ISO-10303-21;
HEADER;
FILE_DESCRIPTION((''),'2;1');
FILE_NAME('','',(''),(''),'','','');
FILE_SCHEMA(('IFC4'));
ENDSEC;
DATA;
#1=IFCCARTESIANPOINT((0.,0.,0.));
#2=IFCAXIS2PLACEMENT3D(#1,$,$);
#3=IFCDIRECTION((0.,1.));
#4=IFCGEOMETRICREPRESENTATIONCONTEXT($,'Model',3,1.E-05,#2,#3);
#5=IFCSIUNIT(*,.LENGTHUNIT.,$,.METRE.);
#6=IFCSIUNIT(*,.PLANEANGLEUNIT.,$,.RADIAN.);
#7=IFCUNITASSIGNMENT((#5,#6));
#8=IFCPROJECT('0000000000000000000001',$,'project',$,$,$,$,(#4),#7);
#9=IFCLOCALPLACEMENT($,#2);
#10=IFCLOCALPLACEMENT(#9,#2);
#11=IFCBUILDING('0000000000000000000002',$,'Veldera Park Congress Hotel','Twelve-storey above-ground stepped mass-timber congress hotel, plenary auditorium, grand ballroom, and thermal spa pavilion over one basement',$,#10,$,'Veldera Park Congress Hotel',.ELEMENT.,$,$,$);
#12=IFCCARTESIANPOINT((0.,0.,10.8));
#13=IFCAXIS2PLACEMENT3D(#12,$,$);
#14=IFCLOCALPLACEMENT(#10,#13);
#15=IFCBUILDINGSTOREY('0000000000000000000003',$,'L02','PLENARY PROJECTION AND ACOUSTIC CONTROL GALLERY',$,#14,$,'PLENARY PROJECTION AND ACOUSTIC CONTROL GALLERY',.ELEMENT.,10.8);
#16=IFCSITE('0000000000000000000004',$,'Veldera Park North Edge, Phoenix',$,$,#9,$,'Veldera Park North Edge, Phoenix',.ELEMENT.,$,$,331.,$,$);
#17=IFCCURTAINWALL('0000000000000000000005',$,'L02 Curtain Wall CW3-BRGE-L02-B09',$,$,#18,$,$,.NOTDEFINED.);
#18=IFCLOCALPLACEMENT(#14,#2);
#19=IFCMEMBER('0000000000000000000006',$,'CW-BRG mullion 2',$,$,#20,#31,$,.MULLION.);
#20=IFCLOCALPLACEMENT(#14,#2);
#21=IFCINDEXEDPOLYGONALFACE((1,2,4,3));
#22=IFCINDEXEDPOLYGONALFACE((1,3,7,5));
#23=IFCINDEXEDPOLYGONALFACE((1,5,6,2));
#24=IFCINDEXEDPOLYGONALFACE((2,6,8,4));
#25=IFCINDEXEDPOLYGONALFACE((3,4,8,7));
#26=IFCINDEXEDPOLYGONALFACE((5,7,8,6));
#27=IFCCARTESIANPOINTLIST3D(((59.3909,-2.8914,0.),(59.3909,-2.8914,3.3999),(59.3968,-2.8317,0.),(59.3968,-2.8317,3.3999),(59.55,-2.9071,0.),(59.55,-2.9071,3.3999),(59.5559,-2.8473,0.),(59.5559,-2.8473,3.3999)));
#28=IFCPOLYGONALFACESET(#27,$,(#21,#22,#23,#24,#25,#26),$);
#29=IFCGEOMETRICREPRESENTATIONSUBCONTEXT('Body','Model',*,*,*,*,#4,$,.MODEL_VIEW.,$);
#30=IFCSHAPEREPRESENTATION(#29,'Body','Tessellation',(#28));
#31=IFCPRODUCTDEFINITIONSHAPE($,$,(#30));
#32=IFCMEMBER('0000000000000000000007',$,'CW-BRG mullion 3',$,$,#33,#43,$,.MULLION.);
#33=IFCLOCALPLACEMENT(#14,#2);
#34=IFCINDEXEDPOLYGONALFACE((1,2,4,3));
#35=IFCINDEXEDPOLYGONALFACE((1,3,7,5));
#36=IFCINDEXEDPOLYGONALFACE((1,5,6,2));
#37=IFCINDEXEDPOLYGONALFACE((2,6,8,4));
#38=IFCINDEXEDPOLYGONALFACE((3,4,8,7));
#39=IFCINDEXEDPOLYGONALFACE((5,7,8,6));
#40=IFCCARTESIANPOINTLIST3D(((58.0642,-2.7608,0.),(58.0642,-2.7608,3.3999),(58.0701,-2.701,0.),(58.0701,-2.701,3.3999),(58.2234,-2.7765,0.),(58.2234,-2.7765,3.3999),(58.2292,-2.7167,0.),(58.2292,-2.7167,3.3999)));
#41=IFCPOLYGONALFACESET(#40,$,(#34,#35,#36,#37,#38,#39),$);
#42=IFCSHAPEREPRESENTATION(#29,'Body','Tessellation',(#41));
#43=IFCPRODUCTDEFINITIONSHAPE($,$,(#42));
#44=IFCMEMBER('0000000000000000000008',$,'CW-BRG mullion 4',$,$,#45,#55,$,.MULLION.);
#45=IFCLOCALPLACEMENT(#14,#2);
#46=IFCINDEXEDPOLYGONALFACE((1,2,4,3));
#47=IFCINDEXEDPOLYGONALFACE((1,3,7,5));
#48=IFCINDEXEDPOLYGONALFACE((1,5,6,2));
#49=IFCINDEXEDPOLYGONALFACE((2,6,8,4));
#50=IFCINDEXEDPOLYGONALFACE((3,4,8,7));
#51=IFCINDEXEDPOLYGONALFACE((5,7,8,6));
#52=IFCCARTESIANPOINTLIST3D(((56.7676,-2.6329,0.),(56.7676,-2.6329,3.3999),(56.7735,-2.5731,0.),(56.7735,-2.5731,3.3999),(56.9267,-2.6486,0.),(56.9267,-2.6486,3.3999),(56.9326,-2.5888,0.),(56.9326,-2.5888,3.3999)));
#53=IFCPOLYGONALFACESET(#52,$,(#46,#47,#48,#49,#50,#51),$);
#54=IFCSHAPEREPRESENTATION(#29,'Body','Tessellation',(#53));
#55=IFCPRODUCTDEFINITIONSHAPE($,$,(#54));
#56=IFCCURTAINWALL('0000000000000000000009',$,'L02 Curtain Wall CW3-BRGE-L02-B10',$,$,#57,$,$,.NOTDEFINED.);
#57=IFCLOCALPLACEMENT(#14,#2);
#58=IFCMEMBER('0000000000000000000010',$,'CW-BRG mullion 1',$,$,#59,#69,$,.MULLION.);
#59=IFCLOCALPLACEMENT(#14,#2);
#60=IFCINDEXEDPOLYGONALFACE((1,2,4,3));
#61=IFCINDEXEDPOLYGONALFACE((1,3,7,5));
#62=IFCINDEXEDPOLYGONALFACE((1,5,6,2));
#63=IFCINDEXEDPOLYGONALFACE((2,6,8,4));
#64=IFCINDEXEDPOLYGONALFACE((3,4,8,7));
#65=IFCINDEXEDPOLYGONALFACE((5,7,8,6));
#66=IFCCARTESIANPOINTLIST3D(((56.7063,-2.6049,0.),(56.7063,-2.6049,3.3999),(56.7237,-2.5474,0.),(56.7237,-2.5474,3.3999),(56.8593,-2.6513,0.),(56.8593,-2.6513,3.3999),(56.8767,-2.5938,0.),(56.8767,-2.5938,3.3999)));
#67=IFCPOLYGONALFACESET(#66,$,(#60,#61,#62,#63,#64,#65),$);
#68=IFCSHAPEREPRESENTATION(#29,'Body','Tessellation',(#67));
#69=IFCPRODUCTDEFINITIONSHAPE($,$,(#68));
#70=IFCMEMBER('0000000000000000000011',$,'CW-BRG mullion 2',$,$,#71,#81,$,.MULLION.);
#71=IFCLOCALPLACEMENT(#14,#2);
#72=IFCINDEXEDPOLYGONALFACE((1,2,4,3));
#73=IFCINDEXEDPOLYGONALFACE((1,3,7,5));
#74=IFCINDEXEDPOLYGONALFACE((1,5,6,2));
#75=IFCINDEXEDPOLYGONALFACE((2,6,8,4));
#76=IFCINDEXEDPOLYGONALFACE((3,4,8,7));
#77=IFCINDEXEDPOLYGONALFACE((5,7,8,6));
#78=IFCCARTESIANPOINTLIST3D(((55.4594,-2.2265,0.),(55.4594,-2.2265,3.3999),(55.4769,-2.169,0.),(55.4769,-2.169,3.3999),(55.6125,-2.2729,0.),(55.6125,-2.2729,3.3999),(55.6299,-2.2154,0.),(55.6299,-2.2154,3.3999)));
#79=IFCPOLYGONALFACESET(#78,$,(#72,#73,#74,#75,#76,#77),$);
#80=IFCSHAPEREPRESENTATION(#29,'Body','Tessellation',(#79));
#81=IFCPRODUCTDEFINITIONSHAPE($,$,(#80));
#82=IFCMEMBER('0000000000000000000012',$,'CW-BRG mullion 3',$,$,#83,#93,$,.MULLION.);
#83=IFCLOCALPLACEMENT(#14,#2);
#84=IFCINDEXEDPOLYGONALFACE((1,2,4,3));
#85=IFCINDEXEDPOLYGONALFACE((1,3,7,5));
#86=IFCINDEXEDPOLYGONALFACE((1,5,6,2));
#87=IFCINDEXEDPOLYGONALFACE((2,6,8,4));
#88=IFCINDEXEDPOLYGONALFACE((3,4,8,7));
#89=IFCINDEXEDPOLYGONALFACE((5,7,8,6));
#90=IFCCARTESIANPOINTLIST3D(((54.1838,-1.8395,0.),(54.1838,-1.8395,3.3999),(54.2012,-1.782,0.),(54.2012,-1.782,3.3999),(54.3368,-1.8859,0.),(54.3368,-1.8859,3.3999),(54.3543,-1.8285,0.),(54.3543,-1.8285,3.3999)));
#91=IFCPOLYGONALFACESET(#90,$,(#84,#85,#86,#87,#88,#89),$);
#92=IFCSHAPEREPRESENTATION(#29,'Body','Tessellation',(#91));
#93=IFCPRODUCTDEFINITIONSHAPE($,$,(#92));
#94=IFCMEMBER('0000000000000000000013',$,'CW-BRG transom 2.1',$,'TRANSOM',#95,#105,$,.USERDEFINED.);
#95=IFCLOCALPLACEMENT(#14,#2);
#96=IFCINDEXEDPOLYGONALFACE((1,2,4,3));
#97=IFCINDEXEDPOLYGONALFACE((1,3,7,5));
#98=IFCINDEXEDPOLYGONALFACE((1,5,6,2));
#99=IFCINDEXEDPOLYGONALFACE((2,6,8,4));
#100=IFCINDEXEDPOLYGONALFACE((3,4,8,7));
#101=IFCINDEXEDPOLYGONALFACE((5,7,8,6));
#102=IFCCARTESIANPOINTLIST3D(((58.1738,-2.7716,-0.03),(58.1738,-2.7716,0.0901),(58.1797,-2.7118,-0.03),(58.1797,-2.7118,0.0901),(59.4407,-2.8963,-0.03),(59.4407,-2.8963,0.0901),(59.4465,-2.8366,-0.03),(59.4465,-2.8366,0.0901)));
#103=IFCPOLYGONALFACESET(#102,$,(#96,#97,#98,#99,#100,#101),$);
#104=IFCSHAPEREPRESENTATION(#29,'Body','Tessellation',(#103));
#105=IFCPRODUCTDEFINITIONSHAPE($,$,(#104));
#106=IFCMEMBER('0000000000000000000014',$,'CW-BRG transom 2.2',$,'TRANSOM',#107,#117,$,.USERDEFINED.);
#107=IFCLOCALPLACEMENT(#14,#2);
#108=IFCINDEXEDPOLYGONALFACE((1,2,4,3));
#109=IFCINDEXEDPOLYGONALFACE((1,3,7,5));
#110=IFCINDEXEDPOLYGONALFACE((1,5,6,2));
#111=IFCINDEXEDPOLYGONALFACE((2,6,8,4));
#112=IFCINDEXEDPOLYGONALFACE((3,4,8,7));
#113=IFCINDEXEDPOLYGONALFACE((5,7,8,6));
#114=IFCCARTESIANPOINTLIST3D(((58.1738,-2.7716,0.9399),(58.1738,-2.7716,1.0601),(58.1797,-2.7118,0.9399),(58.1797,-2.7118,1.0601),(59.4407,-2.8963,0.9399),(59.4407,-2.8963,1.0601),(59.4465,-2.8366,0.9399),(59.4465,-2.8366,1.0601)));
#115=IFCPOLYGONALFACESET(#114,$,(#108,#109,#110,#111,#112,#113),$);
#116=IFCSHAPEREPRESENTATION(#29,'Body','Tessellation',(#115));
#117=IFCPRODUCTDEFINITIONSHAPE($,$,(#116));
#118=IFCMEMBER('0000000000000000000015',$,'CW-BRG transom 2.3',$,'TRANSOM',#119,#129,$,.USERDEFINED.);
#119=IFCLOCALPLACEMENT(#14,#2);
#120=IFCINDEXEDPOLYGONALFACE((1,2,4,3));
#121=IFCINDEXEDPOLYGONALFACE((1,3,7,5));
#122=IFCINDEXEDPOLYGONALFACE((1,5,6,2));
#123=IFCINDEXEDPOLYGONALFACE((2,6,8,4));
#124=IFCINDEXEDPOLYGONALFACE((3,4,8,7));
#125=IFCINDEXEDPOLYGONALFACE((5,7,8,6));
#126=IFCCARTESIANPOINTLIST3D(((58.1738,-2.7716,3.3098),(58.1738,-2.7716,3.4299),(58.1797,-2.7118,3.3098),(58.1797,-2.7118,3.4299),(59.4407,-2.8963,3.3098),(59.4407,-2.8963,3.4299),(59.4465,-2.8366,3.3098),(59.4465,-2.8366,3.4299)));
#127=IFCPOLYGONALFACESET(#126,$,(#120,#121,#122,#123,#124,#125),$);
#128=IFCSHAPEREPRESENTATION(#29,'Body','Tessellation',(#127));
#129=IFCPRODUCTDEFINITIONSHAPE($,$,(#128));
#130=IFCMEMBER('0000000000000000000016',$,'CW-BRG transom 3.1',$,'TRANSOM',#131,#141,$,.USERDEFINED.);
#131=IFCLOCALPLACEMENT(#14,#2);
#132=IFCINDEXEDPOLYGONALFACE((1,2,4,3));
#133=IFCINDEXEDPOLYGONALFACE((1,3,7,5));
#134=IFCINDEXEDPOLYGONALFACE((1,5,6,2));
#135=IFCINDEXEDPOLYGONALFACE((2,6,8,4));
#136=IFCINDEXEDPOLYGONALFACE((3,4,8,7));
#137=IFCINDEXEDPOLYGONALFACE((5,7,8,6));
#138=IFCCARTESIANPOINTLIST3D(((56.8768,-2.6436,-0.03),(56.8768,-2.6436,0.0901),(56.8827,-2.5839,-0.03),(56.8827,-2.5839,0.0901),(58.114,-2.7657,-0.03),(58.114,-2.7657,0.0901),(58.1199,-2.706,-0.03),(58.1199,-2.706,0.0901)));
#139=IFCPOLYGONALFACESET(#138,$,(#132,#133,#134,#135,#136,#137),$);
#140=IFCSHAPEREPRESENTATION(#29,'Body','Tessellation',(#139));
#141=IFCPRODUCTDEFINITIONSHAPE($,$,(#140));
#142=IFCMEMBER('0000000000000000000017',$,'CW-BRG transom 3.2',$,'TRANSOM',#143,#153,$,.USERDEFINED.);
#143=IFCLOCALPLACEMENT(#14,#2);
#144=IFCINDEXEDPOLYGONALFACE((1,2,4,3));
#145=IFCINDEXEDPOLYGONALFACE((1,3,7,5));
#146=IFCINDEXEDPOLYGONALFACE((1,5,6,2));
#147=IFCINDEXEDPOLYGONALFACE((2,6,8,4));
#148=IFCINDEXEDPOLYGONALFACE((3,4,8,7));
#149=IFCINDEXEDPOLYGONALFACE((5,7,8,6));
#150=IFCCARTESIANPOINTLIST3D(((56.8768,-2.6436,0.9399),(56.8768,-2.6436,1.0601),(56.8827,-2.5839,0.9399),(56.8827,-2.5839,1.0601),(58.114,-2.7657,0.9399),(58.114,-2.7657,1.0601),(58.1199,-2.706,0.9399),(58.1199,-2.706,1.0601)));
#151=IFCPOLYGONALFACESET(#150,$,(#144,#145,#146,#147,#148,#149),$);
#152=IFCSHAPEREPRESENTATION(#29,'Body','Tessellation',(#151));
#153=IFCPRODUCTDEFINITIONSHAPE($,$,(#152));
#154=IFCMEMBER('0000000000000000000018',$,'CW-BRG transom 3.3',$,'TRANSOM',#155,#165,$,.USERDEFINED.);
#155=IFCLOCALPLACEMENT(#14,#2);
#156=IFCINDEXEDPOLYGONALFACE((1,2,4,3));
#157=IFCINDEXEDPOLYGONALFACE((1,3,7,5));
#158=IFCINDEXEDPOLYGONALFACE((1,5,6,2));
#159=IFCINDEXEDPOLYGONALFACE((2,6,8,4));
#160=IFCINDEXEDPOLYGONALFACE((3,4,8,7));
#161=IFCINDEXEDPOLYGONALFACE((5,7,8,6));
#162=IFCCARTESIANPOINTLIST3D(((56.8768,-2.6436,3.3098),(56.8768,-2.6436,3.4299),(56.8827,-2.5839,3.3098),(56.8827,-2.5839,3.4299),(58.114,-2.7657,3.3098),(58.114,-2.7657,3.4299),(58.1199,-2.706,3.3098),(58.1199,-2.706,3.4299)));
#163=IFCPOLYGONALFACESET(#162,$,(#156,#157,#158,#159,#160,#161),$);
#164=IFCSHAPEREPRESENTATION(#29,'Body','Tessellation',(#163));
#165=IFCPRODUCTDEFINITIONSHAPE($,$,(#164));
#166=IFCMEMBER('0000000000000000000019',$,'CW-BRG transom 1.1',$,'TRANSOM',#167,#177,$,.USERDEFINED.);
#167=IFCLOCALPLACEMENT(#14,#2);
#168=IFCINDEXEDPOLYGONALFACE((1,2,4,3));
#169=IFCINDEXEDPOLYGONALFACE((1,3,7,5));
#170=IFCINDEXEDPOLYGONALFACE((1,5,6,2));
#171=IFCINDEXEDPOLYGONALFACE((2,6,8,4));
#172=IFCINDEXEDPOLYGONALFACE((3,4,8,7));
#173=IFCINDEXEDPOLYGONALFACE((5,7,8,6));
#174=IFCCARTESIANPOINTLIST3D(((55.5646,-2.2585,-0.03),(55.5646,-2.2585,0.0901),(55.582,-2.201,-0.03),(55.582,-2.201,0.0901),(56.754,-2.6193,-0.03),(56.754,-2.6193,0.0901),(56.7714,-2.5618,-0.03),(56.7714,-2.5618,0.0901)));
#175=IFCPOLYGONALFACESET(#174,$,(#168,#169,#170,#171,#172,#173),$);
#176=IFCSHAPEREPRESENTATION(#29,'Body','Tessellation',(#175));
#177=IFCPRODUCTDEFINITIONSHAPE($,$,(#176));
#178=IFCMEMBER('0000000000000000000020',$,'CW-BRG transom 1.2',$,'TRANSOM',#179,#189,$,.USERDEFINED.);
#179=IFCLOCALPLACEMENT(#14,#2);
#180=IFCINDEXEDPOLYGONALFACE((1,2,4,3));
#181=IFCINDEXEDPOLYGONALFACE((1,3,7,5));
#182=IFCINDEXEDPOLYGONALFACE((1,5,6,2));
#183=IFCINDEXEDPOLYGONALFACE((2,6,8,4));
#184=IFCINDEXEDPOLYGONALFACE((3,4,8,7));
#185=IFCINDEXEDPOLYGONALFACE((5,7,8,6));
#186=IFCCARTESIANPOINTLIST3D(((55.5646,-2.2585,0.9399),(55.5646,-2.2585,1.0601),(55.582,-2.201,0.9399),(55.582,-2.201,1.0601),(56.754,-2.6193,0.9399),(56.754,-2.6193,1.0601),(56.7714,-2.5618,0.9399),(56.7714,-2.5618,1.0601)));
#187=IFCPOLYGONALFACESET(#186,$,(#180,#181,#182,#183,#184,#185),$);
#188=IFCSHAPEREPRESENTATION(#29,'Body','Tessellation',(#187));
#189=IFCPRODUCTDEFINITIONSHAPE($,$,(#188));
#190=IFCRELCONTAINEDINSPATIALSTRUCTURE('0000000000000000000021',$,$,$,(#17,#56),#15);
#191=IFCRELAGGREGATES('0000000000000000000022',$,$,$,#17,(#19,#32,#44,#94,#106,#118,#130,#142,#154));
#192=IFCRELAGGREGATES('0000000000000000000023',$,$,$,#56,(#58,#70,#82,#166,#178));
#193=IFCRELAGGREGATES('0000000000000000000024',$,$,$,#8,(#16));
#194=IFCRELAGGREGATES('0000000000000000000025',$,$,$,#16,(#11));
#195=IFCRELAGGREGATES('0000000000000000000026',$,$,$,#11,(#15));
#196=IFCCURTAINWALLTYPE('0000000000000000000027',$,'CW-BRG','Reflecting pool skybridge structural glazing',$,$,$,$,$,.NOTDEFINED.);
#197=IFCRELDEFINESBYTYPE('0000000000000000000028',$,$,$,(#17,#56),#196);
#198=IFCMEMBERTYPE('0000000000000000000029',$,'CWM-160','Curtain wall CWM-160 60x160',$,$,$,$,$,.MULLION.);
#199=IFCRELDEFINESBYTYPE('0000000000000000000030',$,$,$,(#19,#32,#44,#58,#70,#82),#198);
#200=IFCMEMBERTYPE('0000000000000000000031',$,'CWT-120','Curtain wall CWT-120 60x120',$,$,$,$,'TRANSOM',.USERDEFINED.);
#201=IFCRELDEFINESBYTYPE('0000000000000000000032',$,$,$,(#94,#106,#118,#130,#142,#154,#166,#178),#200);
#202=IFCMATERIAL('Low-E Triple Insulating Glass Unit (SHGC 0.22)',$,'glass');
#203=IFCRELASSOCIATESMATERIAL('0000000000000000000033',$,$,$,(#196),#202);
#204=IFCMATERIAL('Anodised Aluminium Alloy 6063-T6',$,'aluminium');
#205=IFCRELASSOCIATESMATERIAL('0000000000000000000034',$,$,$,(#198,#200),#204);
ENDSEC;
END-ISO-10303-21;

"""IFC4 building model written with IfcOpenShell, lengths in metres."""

from ifc_helpers import new_model, si_unit, direction, frame, origin, origin_2d, place, context, subcontext, project, spatial, rectangle, extrude, material, material_profile, profile_set, type_object, element, aggregate, save


model = new_model("IFC4")

# Units and contexts
model_context = context("Model", 3, precision=1e-05, world=origin(), true_north=direction((0.0, 1.0)))
body_context = subcontext(model_context, "Body", "Model", "MODEL_VIEW")
ifc_project = project(units=[si_unit("LENGTHUNIT", "METRE"), si_unit("PLANEANGLEUNIT", "RADIAN")], contexts=[model_context])

# Site, building, storey
site_placement = place(None, origin())
site = spatial("IfcSite", under=ifc_project, at=site_placement, Name="Veldera Park North Edge, Phoenix", LongName="Veldera Park North Edge, Phoenix", CompositionType="ELEMENT", RefElevation=331.0)
building_placement = place(site_placement, origin())
building = spatial("IfcBuilding", under=site, at=building_placement, Name="Veldera Park Congress Hotel", Description="Twelve-storey above-ground stepped mass-timber congress hotel, plenary auditorium, grand ballroom, and thermal spa pavilion over one basement", LongName="Veldera Park Congress Hotel", CompositionType="ELEMENT")
storey_placement = place(building_placement, frame((0.0, 0.0, 10.8)))
storey = spatial("IfcBuildingStorey", under=building, at=storey_placement, Name="L02", Description="PLENARY PROJECTION AND ACOUSTIC CONTROL GALLERY", LongName="PLENARY PROJECTION AND ACOUSTIC CONTROL GALLERY", CompositionType="ELEMENT", Elevation=10.8)

# Curtain walls, members
ifc_material_1 = material(Name="Low-E Triple Insulating Glass Unit (SHGC 0.22)", Category="glass")
curtain_wall_type = type_object("IfcCurtainWallType", Name="CW-BRG", Description="Reflecting pool skybridge structural glazing", PredefinedType="NOTDEFINED", material=ifc_material_1)
curtain_wall_1_placement = place(storey_placement, origin())
curtain_wall_1 = element("IfcCurtainWall", 1, at=curtain_wall_1_placement, inside=storey, type_object=curtain_wall_type, Name="L02 Curtain Wall CW3-BRGE-L02-B09", PredefinedType="NOTDEFINED")
ifc_material_2 = material(Name="Anodised Aluminium Alloy 6063-T6", Category="aluminium")
ifc_material_profile_1 = material_profile(ifc_material_2, rectangle(XDim=0.0601, YDim=0.1599, at=origin_2d()), Name="ALU 60x160")
ifc_profile_set_1 = profile_set([ifc_material_profile_1], Name="Anodised Aluminium Alloy 6063-T6")
member_type_1 = type_object("IfcMemberType", Name="CWM-160", Description="Curtain wall CWM-160 60x160", PredefinedType="MULLION", material=ifc_profile_set_1)
member_1_placement = place(storey_placement, frame((59.4734, -2.8694, 0.0), z_axis=(0.0, 0.0, 1.0), x_axis=(-0.098023, -0.995184, 0.0)))
member_1 = element("IfcMember", 2, at=member_1_placement, type_object=member_type_1, Name="CW-BRG mullion 2", PredefinedType="MULLION", context=body_context, shape_type="SweptSolid", body=[
    extrude(rectangle(XDim=0.0601, YDim=0.1599, at=origin_2d()), origin(), (0.0, 0.0, 1.0), 3.3999),
])
member_2_placement = place(storey_placement, frame((58.1467, -2.7388, 0.0), z_axis=(0.0, 0.0, 1.0), x_axis=(-0.098023, -0.995184, 0.0)))
member_2 = element("IfcMember", 3, at=member_2_placement, type_object=member_type_1, Name="CW-BRG mullion 3", PredefinedType="MULLION", context=body_context, shape_type="SweptSolid", body=[
    extrude(rectangle(XDim=0.0601, YDim=0.1599, at=origin_2d()), origin(), (0.0, 0.0, 1.0), 3.3999),
])
member_3_placement = place(storey_placement, frame((56.8501, -2.6108, 0.0), z_axis=(0.0, 0.0, 1.0), x_axis=(-0.098023, -0.995184, 0.0)))
member_3 = element("IfcMember", 4, at=member_3_placement, type_object=member_type_1, Name="CW-BRG mullion 4", PredefinedType="MULLION", context=body_context, shape_type="SweptSolid", body=[
    extrude(rectangle(XDim=0.0601, YDim=0.1599, at=origin_2d()), origin(), (0.0, 0.0, 1.0), 3.3999),
])
curtain_wall_2_placement = place(storey_placement, origin())
curtain_wall_2 = element("IfcCurtainWall", 5, at=curtain_wall_2_placement, inside=storey, type_object=curtain_wall_type, Name="L02 Curtain Wall CW3-BRGE-L02-B10", PredefinedType="NOTDEFINED")
member_4_placement = place(storey_placement, frame((56.7915, -2.5994, 0.0), z_axis=(0.0, 0.0, 1.0), x_axis=(-0.29029, -0.956939, 0.0)))
member_4 = element("IfcMember", 6, at=member_4_placement, type_object=member_type_1, Name="CW-BRG mullion 1", PredefinedType="MULLION", context=body_context, shape_type="SweptSolid", body=[
    extrude(rectangle(XDim=0.0601, YDim=0.1599, at=origin_2d()), origin(), (0.0, 0.0, 1.0), 3.3999),
])
member_5_placement = place(storey_placement, frame((55.5447, -2.2209, 0.0), z_axis=(0.0, 0.0, 1.0), x_axis=(-0.29029, -0.956939, 0.0)))
member_5 = element("IfcMember", 7, at=member_5_placement, type_object=member_type_1, Name="CW-BRG mullion 2", PredefinedType="MULLION", context=body_context, shape_type="SweptSolid", body=[
    extrude(rectangle(XDim=0.0601, YDim=0.1599, at=origin_2d()), origin(), (0.0, 0.0, 1.0), 3.3999),
])
member_6_placement = place(storey_placement, frame((54.269, -1.834, 0.0), z_axis=(0.0, 0.0, 1.0), x_axis=(-0.29029, -0.956939, 0.0)))
member_6 = element("IfcMember", 8, at=member_6_placement, type_object=member_type_1, Name="CW-BRG mullion 3", PredefinedType="MULLION", context=body_context, shape_type="SweptSolid", body=[
    extrude(rectangle(XDim=0.0601, YDim=0.1599, at=origin_2d()), origin(), (0.0, 0.0, 1.0), 3.3999),
])

# Members
ifc_material_profile_2 = material_profile(ifc_material_2, rectangle(XDim=0.0601, YDim=0.1201, at=origin_2d()), Name="ALU 60x120")
ifc_profile_set_2 = profile_set([ifc_material_profile_2], Name="Anodised Aluminium Alloy 6063-T6")
member_type_2 = type_object("IfcMemberType", Name="CWT-120", Description="Curtain wall CWT-120 60x120", ElementType="TRANSOM", PredefinedType="USERDEFINED", material=ifc_profile_set_2)
member_7_placement = place(storey_placement, frame((59.4436, -2.8665, 0.03), z_axis=(-0.995186, 0.098003, 0.0), x_axis=(-0.098003, -0.995186, 0.0)))
member_7 = element("IfcMember", 9, at=member_7_placement, type_object=member_type_2, Name="CW-BRG transom 2.1", ObjectType="TRANSOM", PredefinedType="USERDEFINED", context=body_context, shape_type="SweptSolid", body=[
    extrude(rectangle(XDim=0.0601, YDim=0.1201, at=origin_2d()), origin(), (0.0, 0.0, 1.0), 1.2729),
])
member_8_placement = place(storey_placement, frame((59.4436, -2.8665, 1.0), z_axis=(-0.995186, 0.098003, 0.0), x_axis=(-0.098003, -0.995186, 0.0)))
member_8 = element("IfcMember", 10, at=member_8_placement, type_object=member_type_2, Name="CW-BRG transom 2.2", ObjectType="TRANSOM", PredefinedType="USERDEFINED", context=body_context, shape_type="SweptSolid", body=[
    extrude(rectangle(XDim=0.0601, YDim=0.1201, at=origin_2d()), origin(), (0.0, 0.0, 1.0), 1.2729),
])
member_9_placement = place(storey_placement, frame((59.4436, -2.8665, 3.3699), z_axis=(-0.995186, 0.098003, 0.0), x_axis=(-0.098003, -0.995186, 0.0)))
member_9 = element("IfcMember", 11, at=member_9_placement, type_object=member_type_2, Name="CW-BRG transom 2.3", ObjectType="TRANSOM", PredefinedType="USERDEFINED", context=body_context, shape_type="SweptSolid", body=[
    extrude(rectangle(XDim=0.0601, YDim=0.1201, at=origin_2d()), origin(), (0.0, 0.0, 1.0), 1.2729),
])
member_10_placement = place(storey_placement, frame((58.1169, -2.7358, 0.03), z_axis=(-0.995167, 0.098201, 0.0), x_axis=(-0.098201, -0.995167, 0.0)))
member_10 = element("IfcMember", 12, at=member_10_placement, type_object=member_type_2, Name="CW-BRG transom 3.1", ObjectType="TRANSOM", PredefinedType="USERDEFINED", context=body_context, shape_type="SweptSolid", body=[
    extrude(rectangle(XDim=0.0601, YDim=0.1201, at=origin_2d()), origin(), (0.0, 0.0, 1.0), 1.2432),
])
member_11_placement = place(storey_placement, frame((58.1169, -2.7358, 1.0), z_axis=(-0.995167, 0.098201, 0.0), x_axis=(-0.098201, -0.995167, 0.0)))
member_11 = element("IfcMember", 13, at=member_11_placement, type_object=member_type_2, Name="CW-BRG transom 3.2", ObjectType="TRANSOM", PredefinedType="USERDEFINED", context=body_context, shape_type="SweptSolid", body=[
    extrude(rectangle(XDim=0.0601, YDim=0.1201, at=origin_2d()), origin(), (0.0, 0.0, 1.0), 1.2432),
])
member_12_placement = place(storey_placement, frame((58.1169, -2.7358, 3.3699), z_axis=(-0.995167, 0.098201, 0.0), x_axis=(-0.098201, -0.995167, 0.0)))
member_12 = element("IfcMember", 14, at=member_12_placement, type_object=member_type_2, Name="CW-BRG transom 3.3", ObjectType="TRANSOM", PredefinedType="USERDEFINED", context=body_context, shape_type="SweptSolid", body=[
    extrude(rectangle(XDim=0.0601, YDim=0.1201, at=origin_2d()), origin(), (0.0, 0.0, 1.0), 1.2432),
])
member_13_placement = place(storey_placement, frame((56.7627, -2.5906, 0.03), z_axis=(-0.956935, 0.290302, 0.0), x_axis=(-0.290302, -0.956935, 0.0)))
member_13 = element("IfcMember", 15, at=member_13_placement, type_object=member_type_2, Name="CW-BRG transom 1.1", ObjectType="TRANSOM", PredefinedType="USERDEFINED", context=body_context, shape_type="SweptSolid", body=[
    extrude(rectangle(XDim=0.0601, YDim=0.1201, at=origin_2d()), origin(), (0.0, 0.0, 1.0), 1.2429),
])
member_14_placement = place(storey_placement, frame((56.7627, -2.5906, 1.0), z_axis=(-0.956935, 0.290302, 0.0), x_axis=(-0.290302, -0.956935, 0.0)))
member_14 = element("IfcMember", 16, at=member_14_placement, type_object=member_type_2, Name="CW-BRG transom 1.2", ObjectType="TRANSOM", PredefinedType="USERDEFINED", context=body_context, shape_type="SweptSolid", body=[
    extrude(rectangle(XDim=0.0601, YDim=0.1201, at=origin_2d()), origin(), (0.0, 0.0, 1.0), 1.2429),
])

aggregate(curtain_wall_1, [member_1, member_2, member_3, member_7, member_8, member_9, member_10, member_11, member_12])
aggregate(curtain_wall_2, [member_4, member_5, member_6, member_13, member_14])

save(model, "model.ifc")
